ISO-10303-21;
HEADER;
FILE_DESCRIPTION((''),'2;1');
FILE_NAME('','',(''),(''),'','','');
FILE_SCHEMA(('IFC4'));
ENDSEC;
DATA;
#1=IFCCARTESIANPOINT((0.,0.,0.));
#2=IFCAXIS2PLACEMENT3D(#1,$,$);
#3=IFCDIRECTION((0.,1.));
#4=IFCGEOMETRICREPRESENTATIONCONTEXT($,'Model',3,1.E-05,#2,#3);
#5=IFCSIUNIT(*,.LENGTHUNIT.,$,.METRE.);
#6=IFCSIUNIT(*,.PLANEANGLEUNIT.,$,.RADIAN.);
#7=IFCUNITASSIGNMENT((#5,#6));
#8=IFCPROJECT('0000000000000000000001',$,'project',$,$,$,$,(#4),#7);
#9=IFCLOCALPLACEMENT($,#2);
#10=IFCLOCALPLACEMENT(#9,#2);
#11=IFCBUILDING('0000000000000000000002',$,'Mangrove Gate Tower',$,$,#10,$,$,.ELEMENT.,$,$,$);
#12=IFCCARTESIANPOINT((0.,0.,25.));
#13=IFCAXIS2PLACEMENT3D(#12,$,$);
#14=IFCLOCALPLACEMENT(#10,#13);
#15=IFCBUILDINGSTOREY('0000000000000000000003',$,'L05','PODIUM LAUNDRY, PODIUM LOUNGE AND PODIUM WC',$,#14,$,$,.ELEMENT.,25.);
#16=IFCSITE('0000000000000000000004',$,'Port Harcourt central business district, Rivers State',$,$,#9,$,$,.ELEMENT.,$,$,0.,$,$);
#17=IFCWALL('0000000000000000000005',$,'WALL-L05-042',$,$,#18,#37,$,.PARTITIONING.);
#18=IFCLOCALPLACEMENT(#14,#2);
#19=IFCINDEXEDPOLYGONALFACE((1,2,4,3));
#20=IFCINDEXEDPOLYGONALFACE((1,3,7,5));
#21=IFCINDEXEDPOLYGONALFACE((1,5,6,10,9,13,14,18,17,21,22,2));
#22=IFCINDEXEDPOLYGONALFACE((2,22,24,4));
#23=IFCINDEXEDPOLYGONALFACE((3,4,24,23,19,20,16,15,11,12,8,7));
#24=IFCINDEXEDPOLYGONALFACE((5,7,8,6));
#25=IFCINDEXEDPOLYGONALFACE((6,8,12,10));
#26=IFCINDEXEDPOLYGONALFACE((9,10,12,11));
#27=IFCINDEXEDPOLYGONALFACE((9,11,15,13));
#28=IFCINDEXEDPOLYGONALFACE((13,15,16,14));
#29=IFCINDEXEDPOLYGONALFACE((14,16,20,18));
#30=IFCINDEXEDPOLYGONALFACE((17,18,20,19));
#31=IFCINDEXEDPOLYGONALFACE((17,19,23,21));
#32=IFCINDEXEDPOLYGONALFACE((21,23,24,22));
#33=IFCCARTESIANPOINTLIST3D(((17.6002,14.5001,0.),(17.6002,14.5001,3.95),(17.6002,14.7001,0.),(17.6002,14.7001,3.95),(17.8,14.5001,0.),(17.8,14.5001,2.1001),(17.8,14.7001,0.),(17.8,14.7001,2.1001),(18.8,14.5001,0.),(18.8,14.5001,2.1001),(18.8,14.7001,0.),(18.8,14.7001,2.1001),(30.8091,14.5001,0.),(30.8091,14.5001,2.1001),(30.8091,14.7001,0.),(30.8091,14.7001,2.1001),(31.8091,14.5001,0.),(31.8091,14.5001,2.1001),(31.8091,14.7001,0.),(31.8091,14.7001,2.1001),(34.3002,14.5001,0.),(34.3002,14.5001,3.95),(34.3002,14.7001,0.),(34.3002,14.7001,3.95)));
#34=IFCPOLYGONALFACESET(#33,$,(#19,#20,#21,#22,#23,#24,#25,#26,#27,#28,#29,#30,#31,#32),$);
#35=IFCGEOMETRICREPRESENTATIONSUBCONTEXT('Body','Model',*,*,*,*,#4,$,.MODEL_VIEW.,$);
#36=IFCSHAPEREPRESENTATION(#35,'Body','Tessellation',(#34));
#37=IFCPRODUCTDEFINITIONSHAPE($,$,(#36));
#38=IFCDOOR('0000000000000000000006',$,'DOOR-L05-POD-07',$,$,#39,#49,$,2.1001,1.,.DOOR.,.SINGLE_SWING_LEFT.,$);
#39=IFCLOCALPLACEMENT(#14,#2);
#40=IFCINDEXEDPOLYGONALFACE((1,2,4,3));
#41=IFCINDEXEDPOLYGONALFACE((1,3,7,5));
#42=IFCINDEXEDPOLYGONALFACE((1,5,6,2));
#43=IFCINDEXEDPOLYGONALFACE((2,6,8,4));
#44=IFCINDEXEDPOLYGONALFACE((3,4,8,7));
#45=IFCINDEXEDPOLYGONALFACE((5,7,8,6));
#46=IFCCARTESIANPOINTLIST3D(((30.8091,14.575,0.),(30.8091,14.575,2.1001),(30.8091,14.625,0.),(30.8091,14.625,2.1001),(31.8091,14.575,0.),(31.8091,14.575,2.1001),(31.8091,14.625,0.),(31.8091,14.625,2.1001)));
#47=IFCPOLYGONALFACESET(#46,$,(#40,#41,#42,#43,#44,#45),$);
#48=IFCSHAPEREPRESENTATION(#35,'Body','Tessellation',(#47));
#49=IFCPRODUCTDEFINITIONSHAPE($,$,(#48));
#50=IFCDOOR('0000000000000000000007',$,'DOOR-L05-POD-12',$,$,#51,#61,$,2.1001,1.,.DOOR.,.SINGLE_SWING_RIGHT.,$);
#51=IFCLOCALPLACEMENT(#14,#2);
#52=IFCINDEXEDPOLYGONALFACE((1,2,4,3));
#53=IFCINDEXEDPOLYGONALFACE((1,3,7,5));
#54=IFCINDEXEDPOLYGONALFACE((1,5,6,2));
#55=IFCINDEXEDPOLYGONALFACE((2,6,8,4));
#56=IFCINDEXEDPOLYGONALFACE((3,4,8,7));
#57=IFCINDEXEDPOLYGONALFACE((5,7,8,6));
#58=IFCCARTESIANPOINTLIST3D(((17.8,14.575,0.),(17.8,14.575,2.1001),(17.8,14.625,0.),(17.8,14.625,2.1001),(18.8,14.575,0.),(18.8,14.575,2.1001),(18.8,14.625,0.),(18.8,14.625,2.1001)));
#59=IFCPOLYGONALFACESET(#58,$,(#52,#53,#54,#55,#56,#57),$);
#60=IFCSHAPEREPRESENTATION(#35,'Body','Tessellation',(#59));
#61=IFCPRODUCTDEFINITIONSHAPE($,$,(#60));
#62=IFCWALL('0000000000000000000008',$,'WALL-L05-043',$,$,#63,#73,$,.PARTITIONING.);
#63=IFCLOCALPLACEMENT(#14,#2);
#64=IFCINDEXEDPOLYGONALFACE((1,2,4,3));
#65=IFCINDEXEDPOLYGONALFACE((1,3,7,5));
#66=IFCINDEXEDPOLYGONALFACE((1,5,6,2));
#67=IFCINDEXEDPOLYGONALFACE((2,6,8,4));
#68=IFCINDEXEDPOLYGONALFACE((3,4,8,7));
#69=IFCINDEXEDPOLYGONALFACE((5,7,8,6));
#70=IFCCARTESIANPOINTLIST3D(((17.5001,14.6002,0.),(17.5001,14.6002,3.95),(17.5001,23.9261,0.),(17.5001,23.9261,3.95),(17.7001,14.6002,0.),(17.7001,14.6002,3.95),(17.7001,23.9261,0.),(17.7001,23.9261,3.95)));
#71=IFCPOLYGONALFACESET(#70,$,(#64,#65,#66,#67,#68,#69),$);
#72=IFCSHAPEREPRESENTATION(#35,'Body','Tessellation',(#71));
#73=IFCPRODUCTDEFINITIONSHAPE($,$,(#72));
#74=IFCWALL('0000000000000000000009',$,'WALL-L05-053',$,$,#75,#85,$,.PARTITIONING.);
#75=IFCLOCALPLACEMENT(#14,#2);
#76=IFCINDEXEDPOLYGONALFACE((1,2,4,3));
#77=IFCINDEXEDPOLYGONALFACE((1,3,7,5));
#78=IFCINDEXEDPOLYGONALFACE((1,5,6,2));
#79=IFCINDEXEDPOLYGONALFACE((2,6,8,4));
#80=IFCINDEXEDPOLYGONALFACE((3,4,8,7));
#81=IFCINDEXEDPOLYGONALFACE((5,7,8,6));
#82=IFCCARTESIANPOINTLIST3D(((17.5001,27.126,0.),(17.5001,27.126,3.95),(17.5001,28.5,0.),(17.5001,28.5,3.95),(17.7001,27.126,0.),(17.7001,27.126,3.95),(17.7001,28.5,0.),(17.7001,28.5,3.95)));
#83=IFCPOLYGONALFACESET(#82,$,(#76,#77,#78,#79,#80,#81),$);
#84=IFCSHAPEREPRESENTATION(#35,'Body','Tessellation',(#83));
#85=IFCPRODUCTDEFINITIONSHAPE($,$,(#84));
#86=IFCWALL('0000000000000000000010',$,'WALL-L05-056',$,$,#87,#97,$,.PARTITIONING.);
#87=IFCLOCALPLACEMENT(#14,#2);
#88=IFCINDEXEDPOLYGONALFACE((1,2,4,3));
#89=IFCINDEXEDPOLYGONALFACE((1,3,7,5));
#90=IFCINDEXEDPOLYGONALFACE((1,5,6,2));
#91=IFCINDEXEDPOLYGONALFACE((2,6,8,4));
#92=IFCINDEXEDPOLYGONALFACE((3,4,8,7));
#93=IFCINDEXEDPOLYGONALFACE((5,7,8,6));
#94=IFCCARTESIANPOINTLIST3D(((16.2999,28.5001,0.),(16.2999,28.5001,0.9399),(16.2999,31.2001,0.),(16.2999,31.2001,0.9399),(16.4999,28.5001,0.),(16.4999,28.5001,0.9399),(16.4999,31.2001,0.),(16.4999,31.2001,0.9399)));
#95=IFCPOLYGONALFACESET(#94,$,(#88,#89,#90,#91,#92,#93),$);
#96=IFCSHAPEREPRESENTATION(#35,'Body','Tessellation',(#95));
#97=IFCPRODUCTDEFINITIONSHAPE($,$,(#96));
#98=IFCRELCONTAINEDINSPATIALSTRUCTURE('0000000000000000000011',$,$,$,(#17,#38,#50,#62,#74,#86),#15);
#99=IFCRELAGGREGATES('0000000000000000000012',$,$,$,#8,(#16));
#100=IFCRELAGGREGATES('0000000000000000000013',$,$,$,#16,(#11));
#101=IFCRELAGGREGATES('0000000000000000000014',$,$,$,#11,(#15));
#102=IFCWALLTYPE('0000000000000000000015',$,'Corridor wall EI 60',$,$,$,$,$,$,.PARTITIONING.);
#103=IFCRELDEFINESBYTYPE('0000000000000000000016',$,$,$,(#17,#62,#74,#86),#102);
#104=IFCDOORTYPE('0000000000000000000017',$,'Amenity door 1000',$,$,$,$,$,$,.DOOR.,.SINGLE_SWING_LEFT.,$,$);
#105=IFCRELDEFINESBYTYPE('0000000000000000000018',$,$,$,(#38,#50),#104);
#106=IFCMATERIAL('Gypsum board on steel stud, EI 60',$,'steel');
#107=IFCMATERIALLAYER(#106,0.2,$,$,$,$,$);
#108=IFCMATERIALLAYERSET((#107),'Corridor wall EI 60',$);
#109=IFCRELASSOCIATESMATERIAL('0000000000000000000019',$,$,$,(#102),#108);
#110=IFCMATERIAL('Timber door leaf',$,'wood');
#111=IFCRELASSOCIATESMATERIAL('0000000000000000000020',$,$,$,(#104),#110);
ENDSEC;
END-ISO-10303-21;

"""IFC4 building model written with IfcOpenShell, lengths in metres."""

from ifc_helpers import new_model, si_unit, direction, frame, frame_2d, origin, place, context, subcontext, project, spatial, rectangle, extrude, material, layer, layer_set, type_object, element, fill, save


model = new_model("IFC4")

# Units and contexts
model_context = context("Model", 3, precision=1e-05, world=origin(), true_north=direction((0.0, 1.0)))
body_context = subcontext(model_context, "Body", "Model", "MODEL_VIEW")
ifc_project = project(units=[si_unit("LENGTHUNIT", "METRE"), si_unit("PLANEANGLEUNIT", "RADIAN")], contexts=[model_context])

# Site, building, storey
site_placement = place(None, origin())
site = spatial("IfcSite", under=ifc_project, at=site_placement, Name="Port Harcourt central business district, Rivers State", CompositionType="ELEMENT", RefElevation=0.0)
building_placement = place(site_placement, origin())
building = spatial("IfcBuilding", under=site, at=building_placement, Name="Mangrove Gate Tower", CompositionType="ELEMENT")
storey_placement = place(building_placement, frame((0.0, 0.0, 25.0)))
storey = spatial("IfcBuildingStorey", under=building, at=storey_placement, Name="L05", Description="PODIUM LAUNDRY, PODIUM LOUNGE AND PODIUM WC", CompositionType="ELEMENT", Elevation=25.0)

# Wall, openings, doors
ifc_material_1 = material(Name="Gypsum board on steel stud, EI 60", Category="steel")
ifc_layer_1 = layer(ifc_material_1, 0.2)
ifc_layer_set_1 = layer_set([ifc_layer_1], Name="Corridor wall EI 60")
wall_type = type_object("IfcWallType", Name="Corridor wall EI 60", PredefinedType="PARTITIONING", material=ifc_layer_set_1)
wall_1_placement = place(storey_placement, frame((17.6001, 14.6001, 0.0), z_axis=(0.0, 0.0, 1.0), x_axis=(1.0, 0.0, 0.0)))
wall_1 = element("IfcWall", 1, at=wall_1_placement, inside=storey, type_object=wall_type, Name="WALL-L05-042", PredefinedType="PARTITIONING", context=body_context, shape_type="SweptSolid", body=[
    extrude(rectangle(XDim=16.7, YDim=0.2, at=frame_2d((8.3501, 0.0))), origin(), (0.0, 0.0, 1.0), 3.95),
])
opening_1_placement = place(wall_1_placement, frame((13.209, 0.0, 0.0)))
opening_1 = element("IfcOpeningElement", 2, at=opening_1_placement, cuts=wall_1, PredefinedType="OPENING", context=body_context, shape_type="SweptSolid", body=[
    extrude(rectangle(XDim=1.0, YDim=2.1001, at=frame_2d((0.5, 1.05))), frame((0.0, 0.1099, 0.0), z_axis=(0.0, -1.0, 0.0), x_axis=(1.0, 0.0, 0.0)), (0.0, 0.0, 1.0), 0.22),
])
opening_2_placement = place(wall_1_placement, frame((0.2, 0.0, 0.0)))
opening_2 = element("IfcOpeningElement", 3, at=opening_2_placement, cuts=wall_1, PredefinedType="OPENING", context=body_context, shape_type="SweptSolid", body=[
    extrude(rectangle(XDim=1.0, YDim=2.1001, at=frame_2d((0.5, 1.05))), frame((0.0, 0.1099, 0.0), z_axis=(0.0, -1.0, 0.0), x_axis=(1.0, 0.0, 0.0)), (0.0, 0.0, 1.0), 0.22),
])
ifc_material_2 = material(Name="Timber door leaf", Category="wood")
door_type = type_object("IfcDoorType", Name="Amenity door 1000", OperationType="SINGLE_SWING_LEFT", PredefinedType="DOOR", material=ifc_material_2)
door_1_placement = place(opening_1_placement, origin())
door_1 = element("IfcDoor", 4, at=door_1_placement, inside=storey, type_object=door_type, Name="DOOR-L05-POD-07", OperationType="SINGLE_SWING_LEFT", OverallHeight=2.1001, OverallWidth=1.0, PredefinedType="DOOR", context=body_context, shape_type="SweptSolid", body=[
    extrude(rectangle(XDim=1.0, YDim=2.1001, at=frame_2d((0.5, 1.05))), frame((0.0, 0.0249, 0.0), z_axis=(0.0, -1.0, 0.0), x_axis=(1.0, 0.0, 0.0)), (0.0, 0.0, 1.0), 0.05),
])
fill(opening_1, door_1)
door_2_placement = place(opening_2_placement, origin())
door_2 = element("IfcDoor", 5, at=door_2_placement, inside=storey, type_object=door_type, Name="DOOR-L05-POD-12", OperationType="SINGLE_SWING_RIGHT", OverallHeight=2.1001, OverallWidth=1.0, PredefinedType="DOOR", context=body_context, shape_type="SweptSolid", body=[
    extrude(rectangle(XDim=1.0, YDim=2.1001, at=frame_2d((0.5, 1.05))), frame((0.0, 0.0249, 0.0), z_axis=(0.0, -1.0, 0.0), x_axis=(1.0, 0.0, 0.0)), (0.0, 0.0, 1.0), 0.05),
])
fill(opening_2, door_2)

# Walls
wall_2_placement = place(storey_placement, frame((17.6001, 14.6001, 0.0), z_axis=(0.0, 0.0, 1.0), x_axis=(0.0, 1.0, 0.0)))
element("IfcWall", 6, at=wall_2_placement, inside=storey, type_object=wall_type, Name="WALL-L05-043", PredefinedType="PARTITIONING", context=body_context, shape_type="SweptSolid", body=[
    extrude(rectangle(XDim=9.3259, YDim=0.2, at=frame_2d((4.6631, 0.0))), origin(), (0.0, 0.0, 1.0), 3.95),
])
wall_3_placement = place(storey_placement, frame((17.6001, 27.126, 0.0), z_axis=(0.0, 0.0, 1.0), x_axis=(0.0, 1.0, 0.0)))
element("IfcWall", 7, at=wall_3_placement, inside=storey, type_object=wall_type, Name="WALL-L05-053", PredefinedType="PARTITIONING", context=body_context, shape_type="SweptSolid", body=[
    extrude(rectangle(XDim=1.374, YDim=0.2, at=frame_2d((0.687, 0.0))), origin(), (0.0, 0.0, 1.0), 3.95),
])
wall_4_placement = place(storey_placement, frame((16.3999, 28.5, 0.0), z_axis=(0.0, 0.0, 1.0), x_axis=(0.0, 1.0, 0.0)))
element("IfcWall", 8, at=wall_4_placement, inside=storey, type_object=wall_type, Name="WALL-L05-056", PredefinedType="PARTITIONING", context=body_context, shape_type="SweptSolid", body=[
    extrude(rectangle(XDim=2.7, YDim=0.2, at=frame_2d((1.3501, 0.0))), origin(), (0.0, 0.0, 1.0), 0.9399),
])

save(model, "model.ifc")
